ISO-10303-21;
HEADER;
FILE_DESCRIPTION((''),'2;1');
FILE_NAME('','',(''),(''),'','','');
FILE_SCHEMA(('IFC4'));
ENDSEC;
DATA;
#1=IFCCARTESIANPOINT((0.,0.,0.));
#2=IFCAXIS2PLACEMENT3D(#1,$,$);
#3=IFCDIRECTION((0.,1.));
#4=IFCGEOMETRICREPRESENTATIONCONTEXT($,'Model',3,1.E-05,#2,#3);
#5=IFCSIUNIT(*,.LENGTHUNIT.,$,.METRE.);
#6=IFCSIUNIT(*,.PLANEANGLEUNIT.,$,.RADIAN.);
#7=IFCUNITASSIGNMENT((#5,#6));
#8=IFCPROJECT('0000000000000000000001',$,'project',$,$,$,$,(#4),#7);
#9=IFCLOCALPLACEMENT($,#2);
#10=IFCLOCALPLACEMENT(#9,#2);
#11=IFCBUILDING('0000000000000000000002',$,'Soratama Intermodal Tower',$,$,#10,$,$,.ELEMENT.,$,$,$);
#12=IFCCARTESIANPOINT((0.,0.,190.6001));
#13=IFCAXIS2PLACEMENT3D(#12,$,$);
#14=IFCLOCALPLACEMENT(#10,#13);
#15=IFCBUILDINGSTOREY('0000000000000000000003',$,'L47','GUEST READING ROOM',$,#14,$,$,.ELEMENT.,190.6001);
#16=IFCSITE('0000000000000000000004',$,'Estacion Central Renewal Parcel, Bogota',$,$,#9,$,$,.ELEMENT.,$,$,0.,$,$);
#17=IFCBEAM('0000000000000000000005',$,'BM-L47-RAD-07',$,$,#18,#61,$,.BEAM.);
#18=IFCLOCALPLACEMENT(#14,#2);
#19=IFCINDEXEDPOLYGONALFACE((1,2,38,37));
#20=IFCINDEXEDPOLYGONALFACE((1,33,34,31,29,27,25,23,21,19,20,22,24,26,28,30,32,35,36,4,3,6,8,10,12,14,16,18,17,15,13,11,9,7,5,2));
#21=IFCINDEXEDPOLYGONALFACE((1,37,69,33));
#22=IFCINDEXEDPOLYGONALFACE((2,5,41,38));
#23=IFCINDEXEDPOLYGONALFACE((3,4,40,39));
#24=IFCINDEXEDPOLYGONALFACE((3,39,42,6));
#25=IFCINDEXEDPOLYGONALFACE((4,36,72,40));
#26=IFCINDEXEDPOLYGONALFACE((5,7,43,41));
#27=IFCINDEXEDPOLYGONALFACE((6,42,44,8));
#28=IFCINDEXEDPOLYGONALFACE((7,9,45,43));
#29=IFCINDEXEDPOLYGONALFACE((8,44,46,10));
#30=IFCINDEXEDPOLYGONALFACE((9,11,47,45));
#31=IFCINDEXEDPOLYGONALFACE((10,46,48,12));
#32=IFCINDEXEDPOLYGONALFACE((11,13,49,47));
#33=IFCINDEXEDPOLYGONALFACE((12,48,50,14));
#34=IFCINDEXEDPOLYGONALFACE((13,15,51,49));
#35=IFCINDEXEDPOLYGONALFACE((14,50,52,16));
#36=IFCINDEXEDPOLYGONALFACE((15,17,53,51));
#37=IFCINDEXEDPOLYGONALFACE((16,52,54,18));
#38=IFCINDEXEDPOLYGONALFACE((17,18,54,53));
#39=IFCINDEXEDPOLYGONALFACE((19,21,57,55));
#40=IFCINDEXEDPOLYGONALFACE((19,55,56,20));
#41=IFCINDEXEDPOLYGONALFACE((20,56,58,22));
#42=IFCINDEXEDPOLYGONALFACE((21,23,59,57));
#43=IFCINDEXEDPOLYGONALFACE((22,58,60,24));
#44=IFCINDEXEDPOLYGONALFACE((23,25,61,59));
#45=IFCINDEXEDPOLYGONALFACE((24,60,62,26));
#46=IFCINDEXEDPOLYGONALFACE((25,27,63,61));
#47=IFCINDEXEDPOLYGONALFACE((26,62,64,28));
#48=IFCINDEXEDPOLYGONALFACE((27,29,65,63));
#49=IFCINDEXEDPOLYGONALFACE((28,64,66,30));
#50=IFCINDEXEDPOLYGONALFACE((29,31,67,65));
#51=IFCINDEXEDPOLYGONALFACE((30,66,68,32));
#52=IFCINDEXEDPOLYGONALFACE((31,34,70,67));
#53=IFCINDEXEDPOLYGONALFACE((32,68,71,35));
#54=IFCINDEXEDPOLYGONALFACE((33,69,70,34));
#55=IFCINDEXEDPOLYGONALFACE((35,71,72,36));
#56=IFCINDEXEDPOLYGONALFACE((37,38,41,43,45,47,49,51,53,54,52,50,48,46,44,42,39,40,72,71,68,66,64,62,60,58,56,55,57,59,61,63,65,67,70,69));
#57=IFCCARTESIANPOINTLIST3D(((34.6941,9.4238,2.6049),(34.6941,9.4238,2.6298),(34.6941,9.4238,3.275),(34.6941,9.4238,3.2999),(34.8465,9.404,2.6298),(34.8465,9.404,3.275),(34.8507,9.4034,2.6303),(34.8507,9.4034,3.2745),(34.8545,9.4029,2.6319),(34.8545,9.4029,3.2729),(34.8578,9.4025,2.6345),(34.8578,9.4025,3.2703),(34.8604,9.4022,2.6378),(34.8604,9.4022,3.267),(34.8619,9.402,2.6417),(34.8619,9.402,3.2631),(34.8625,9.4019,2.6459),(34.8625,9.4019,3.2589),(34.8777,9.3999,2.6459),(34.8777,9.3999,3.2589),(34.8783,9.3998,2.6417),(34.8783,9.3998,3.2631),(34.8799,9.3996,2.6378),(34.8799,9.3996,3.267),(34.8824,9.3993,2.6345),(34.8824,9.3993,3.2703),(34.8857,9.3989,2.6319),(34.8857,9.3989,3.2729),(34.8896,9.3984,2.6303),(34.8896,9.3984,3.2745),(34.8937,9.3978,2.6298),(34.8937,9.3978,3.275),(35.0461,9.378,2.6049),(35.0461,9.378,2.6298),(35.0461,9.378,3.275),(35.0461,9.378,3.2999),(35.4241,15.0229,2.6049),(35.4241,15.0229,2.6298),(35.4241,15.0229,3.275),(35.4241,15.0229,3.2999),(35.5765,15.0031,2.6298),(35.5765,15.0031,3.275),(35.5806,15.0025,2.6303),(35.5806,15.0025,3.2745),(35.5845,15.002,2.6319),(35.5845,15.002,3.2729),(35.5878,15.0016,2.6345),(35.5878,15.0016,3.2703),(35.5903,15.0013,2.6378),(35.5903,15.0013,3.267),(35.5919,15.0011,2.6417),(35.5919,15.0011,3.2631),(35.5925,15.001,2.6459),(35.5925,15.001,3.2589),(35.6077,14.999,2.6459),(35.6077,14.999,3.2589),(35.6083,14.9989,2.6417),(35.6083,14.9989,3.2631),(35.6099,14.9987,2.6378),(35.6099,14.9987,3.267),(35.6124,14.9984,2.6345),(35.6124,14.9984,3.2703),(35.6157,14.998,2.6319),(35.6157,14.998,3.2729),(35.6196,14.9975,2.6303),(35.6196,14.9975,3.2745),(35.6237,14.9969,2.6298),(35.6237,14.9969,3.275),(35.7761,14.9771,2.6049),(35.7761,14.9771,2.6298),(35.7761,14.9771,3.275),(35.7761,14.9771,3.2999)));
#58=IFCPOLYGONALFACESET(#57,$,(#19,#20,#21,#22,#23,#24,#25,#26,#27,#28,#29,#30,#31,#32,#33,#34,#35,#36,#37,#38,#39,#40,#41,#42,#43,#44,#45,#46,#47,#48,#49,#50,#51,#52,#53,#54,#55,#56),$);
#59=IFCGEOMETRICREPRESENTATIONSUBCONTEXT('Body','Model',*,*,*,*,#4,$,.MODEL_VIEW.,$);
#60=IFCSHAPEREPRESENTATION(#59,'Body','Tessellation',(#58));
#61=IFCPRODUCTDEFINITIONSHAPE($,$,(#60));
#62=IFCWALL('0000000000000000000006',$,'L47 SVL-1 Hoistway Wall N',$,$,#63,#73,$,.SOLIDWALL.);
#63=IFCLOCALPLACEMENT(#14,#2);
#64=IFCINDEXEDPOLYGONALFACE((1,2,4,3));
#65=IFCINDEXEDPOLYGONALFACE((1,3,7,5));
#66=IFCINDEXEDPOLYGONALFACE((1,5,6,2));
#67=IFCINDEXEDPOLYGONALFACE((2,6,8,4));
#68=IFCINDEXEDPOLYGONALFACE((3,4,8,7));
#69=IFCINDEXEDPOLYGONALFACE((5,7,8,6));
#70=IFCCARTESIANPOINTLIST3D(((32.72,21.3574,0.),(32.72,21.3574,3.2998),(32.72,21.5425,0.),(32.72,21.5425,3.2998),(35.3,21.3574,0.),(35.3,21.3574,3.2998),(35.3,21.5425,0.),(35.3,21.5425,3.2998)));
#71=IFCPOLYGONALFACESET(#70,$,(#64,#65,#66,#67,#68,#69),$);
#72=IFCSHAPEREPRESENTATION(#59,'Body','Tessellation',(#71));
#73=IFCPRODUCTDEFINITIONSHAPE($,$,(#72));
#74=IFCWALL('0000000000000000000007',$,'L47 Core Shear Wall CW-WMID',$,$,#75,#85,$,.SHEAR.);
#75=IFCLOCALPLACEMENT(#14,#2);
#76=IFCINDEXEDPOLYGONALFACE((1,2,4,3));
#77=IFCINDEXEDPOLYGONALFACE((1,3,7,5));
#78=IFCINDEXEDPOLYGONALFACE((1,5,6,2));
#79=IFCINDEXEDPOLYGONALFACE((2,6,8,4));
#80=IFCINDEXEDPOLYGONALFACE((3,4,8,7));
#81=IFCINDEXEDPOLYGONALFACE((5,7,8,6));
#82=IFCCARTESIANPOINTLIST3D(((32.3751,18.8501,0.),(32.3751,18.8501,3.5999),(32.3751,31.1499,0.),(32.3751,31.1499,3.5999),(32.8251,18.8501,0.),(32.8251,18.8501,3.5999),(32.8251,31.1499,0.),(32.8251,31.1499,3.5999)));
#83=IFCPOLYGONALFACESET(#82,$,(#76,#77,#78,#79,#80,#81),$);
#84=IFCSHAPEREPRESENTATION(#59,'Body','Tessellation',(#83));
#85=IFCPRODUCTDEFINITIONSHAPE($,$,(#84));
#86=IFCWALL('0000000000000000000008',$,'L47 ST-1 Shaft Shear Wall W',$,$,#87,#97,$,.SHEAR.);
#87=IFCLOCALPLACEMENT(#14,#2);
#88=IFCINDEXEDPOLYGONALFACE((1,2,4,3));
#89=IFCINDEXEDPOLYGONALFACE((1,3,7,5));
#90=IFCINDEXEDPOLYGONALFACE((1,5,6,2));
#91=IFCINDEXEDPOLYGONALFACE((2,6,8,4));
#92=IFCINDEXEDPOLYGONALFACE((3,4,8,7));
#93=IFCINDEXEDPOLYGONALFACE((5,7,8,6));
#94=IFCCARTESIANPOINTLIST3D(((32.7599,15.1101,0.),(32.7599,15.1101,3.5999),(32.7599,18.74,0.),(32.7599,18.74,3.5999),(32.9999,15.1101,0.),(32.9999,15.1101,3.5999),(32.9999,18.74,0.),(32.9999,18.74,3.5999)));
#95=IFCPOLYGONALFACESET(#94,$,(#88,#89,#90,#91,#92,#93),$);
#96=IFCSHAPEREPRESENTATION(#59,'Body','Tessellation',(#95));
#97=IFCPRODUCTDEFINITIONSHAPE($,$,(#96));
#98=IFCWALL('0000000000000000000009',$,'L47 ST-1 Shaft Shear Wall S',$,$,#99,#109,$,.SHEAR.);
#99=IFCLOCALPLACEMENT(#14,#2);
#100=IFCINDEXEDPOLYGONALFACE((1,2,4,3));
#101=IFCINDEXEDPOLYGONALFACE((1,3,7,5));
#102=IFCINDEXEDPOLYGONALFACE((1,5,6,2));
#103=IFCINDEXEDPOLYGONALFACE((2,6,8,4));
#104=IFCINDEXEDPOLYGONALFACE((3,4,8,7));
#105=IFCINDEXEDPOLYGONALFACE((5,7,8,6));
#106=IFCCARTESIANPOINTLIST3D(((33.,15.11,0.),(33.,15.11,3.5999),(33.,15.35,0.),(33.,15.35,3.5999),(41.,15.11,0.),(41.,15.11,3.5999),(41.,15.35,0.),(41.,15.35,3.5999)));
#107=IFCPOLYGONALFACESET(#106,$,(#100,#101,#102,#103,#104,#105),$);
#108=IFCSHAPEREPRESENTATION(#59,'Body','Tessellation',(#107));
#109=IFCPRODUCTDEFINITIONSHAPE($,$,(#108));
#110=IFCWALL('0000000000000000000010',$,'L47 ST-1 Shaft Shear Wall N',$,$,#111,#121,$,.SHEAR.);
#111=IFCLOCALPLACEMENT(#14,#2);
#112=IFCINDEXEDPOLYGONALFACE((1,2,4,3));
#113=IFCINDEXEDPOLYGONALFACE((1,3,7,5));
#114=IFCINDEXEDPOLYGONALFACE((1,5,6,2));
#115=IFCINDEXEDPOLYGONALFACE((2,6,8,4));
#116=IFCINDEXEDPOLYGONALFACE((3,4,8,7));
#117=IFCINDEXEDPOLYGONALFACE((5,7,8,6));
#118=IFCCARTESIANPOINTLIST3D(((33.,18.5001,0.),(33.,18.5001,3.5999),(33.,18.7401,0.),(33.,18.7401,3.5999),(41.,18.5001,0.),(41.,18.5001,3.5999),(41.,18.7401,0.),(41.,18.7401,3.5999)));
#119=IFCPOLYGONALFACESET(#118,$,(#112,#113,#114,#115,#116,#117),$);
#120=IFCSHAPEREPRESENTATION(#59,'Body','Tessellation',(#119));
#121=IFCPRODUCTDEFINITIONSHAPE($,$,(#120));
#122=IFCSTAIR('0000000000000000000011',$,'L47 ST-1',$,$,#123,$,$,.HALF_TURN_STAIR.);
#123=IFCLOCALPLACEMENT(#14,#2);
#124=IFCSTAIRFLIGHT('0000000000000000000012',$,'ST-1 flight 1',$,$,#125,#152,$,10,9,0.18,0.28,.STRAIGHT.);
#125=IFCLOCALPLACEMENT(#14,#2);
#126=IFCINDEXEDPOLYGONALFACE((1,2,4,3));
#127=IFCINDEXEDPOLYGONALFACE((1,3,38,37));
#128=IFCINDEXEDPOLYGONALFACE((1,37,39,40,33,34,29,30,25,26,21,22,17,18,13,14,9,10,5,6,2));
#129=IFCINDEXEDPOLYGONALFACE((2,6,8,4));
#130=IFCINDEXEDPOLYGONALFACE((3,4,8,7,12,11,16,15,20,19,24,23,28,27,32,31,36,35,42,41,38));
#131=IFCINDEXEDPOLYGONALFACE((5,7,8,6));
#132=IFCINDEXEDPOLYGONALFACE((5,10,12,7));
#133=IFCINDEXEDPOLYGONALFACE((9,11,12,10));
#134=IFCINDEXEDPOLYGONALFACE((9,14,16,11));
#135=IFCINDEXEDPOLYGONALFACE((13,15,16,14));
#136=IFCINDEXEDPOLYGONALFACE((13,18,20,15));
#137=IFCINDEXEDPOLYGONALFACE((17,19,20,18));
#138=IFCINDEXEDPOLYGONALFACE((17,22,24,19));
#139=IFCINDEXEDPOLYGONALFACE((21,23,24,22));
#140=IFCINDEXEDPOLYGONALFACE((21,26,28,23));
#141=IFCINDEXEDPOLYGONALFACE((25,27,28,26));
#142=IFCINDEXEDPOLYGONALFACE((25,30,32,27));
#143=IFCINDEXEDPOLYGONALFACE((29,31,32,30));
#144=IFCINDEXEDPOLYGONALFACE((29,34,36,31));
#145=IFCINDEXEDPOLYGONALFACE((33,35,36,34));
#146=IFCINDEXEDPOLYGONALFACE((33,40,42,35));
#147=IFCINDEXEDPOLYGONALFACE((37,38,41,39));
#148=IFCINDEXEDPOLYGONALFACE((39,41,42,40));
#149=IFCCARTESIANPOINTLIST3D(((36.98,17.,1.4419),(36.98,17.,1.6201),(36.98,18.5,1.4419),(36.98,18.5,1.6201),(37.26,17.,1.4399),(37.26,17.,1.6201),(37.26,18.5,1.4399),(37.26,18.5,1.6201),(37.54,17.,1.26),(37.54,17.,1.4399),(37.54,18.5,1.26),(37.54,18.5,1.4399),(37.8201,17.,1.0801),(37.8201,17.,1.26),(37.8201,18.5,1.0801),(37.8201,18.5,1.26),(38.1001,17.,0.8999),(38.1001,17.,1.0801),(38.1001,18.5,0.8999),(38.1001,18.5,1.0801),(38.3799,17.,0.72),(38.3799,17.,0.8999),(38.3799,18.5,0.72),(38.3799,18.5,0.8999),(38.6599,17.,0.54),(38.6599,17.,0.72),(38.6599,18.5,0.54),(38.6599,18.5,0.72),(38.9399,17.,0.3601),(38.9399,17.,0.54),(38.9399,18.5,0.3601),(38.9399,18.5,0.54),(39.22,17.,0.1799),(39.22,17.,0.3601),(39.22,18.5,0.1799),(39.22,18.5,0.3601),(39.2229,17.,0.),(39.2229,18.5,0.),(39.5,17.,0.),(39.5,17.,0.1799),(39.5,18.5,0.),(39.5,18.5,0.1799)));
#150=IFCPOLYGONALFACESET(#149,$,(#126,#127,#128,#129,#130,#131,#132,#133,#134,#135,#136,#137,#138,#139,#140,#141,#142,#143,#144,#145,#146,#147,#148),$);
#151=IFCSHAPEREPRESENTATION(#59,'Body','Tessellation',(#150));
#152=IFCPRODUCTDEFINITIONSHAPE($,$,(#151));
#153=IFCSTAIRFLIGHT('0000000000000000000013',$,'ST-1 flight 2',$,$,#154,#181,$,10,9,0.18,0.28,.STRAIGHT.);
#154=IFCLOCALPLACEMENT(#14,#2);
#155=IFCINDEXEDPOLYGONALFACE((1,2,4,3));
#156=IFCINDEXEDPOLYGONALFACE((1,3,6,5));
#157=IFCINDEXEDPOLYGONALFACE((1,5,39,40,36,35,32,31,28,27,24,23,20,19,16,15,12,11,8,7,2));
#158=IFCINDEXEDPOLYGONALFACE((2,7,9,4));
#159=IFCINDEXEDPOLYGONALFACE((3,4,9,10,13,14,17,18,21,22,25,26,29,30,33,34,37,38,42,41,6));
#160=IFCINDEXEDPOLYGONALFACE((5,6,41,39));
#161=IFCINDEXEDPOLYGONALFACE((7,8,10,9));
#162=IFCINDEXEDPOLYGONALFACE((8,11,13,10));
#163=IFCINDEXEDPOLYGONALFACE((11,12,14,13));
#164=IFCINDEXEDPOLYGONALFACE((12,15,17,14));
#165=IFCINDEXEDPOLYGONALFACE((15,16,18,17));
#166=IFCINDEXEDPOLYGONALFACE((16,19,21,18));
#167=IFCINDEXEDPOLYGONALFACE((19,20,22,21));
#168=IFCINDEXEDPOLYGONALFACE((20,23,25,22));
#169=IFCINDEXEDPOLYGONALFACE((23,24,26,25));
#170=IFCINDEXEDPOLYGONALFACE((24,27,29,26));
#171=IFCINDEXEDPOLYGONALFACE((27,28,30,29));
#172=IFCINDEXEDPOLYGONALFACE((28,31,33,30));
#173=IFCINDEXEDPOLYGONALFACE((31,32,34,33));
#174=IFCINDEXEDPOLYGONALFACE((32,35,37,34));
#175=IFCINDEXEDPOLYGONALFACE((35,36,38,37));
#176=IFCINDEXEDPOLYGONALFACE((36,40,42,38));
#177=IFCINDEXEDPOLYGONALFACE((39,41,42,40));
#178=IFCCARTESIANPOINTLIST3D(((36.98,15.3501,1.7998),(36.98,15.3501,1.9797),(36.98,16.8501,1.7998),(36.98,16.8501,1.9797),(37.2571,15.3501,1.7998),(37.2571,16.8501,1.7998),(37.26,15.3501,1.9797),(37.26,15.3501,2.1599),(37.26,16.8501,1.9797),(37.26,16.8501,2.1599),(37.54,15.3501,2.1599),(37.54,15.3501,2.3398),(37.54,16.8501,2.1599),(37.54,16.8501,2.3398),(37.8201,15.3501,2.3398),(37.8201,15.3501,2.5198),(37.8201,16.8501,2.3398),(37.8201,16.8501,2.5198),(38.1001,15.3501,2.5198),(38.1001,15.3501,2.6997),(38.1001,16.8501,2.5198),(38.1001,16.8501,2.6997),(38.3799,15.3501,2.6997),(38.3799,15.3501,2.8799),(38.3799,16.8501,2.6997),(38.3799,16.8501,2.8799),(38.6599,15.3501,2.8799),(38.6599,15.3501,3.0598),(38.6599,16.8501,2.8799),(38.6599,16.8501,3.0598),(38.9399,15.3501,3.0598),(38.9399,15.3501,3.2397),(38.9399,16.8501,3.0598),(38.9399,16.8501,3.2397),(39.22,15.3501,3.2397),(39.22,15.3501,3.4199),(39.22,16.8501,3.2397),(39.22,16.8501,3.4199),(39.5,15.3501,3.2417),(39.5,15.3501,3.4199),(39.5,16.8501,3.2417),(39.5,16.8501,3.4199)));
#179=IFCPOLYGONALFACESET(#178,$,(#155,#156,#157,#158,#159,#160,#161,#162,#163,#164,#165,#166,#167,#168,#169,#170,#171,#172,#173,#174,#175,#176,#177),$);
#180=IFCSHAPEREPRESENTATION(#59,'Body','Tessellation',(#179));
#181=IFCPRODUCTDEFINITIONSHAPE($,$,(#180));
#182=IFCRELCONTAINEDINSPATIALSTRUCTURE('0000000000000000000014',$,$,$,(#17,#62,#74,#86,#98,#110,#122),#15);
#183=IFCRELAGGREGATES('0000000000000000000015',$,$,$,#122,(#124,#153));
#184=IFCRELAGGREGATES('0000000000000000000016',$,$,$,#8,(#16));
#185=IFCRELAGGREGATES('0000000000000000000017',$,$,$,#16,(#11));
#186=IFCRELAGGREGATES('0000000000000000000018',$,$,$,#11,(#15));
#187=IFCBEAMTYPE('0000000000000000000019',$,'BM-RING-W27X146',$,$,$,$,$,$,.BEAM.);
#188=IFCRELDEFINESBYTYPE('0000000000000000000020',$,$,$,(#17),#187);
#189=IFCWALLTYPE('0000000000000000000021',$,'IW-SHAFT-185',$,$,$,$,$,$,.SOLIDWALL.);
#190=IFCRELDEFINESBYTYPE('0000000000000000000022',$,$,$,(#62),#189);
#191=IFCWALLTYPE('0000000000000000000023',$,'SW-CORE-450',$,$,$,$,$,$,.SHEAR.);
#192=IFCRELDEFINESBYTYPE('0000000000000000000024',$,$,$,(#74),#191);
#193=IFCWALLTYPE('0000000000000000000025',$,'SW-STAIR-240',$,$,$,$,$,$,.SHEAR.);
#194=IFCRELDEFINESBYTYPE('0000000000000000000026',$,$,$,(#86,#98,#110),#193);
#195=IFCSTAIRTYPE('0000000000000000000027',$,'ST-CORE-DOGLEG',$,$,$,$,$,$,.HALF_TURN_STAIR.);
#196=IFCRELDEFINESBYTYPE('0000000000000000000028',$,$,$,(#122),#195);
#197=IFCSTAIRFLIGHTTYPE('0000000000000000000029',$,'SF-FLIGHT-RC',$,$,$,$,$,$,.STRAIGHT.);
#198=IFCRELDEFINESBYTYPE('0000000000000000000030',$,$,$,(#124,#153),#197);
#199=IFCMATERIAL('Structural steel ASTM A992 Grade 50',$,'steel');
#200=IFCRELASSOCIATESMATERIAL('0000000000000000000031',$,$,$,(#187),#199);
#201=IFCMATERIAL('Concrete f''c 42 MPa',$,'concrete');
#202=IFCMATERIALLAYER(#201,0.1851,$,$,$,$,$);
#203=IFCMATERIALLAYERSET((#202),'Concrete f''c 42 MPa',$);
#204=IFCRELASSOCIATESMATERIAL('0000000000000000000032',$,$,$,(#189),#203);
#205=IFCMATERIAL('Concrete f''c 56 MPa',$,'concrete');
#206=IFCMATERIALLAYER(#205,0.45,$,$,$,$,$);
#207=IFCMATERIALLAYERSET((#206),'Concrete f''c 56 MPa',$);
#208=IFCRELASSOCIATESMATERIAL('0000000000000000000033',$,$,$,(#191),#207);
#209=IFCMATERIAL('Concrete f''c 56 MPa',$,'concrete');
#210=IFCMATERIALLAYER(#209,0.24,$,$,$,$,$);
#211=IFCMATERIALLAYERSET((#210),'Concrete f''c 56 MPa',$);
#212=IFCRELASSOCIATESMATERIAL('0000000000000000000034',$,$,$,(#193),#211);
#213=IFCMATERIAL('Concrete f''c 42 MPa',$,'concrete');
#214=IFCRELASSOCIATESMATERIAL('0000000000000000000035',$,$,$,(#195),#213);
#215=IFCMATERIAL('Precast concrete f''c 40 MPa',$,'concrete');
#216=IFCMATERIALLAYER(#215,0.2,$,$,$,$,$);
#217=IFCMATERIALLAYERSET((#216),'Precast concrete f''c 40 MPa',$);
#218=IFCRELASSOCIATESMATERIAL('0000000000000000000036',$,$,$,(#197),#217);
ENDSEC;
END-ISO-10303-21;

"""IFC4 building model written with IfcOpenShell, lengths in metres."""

from ifc_helpers import new_model, si_unit, direction, frame, frame_2d, origin, origin_2d, place, context, subcontext, project, spatial, polyline, rectangle, i_section, outline, extrude, material, layer, layer_set, material_profile, profile_set, type_object, element, aggregate, save


model = new_model("IFC4")

# Units and contexts
model_context = context("Model", 3, precision=1e-05, world=origin(), true_north=direction((0.0, 1.0)))
body_context = subcontext(model_context, "Body", "Model", "MODEL_VIEW")
ifc_project = project(units=[si_unit("LENGTHUNIT", "METRE"), si_unit("PLANEANGLEUNIT", "RADIAN")], contexts=[model_context])

# Site, building, storey
site_placement = place(None, origin())
site = spatial("IfcSite", under=ifc_project, at=site_placement, Name="Estacion Central Renewal Parcel, Bogota", CompositionType="ELEMENT", RefElevation=0.0)
building_placement = place(site_placement, origin())
building = spatial("IfcBuilding", under=site, at=building_placement, Name="Soratama Intermodal Tower", CompositionType="ELEMENT")
storey_placement = place(building_placement, frame((0.0, 0.0, 190.6001)))
storey = spatial("IfcBuildingStorey", under=building, at=storey_placement, Name="L47", Description="GUEST READING ROOM", CompositionType="ELEMENT", Elevation=190.6001)

# Beam
ifc_material_1 = material(Name="Structural steel ASTM A992 Grade 50", Category="steel")
ifc_material_profile_1 = material_profile(ifc_material_1, i_section(OverallWidth=0.355, OverallDepth=0.6951, WebThickness=0.0154, FlangeThickness=0.0249, FilletRadius=0.0161, at=origin_2d()), Name="W27X146")
ifc_profile_set_1 = profile_set([ifc_material_profile_1], Name="Structural steel ASTM A992 Grade 50")
beam_type_1 = type_object("IfcBeamType", Name="BM-RING-W27X146", PredefinedType="BEAM", material=ifc_profile_set_1)
beam_1_placement = place(storey_placement, frame((35.6001, 15.0, 2.9524), z_axis=(-0.12928, -0.991608, 0.0), x_axis=(0.991608, -0.12928, 0.0)))
element("IfcBeam", 1, at=beam_1_placement, inside=storey, type_object=beam_type_1, Name="BM-L47-RAD-07", PredefinedType="BEAM", context=body_context, shape_type="SweptSolid", body=[
    extrude(i_section(OverallWidth=0.355, OverallDepth=0.6951, WebThickness=0.0154, FlangeThickness=0.0249, FilletRadius=0.0161, at=origin_2d()), origin(), (0.0, 0.0, 1.0), 5.6465),
])

# Shared definitions
ifc_material_2 = material(Name="Concrete f'c 42 MPa", Category="concrete")
ifc_layer_1 = layer(ifc_material_2, 0.1851)
ifc_layer_set_1 = layer_set([ifc_layer_1], Name="Concrete f'c 42 MPa")
wall_type_1 = type_object("IfcWallType", Name="IW-SHAFT-185", PredefinedType="SOLIDWALL", material=ifc_layer_set_1)

# Wall
wall_1_placement = place(storey_placement, frame((32.72, 21.45, 0.0), z_axis=(0.0, 0.0, 1.0), x_axis=(1.0, 0.0, 0.0)))
element("IfcWall", 2, at=wall_1_placement, inside=storey, type_object=wall_type_1, Name="L47 SVL-1 Hoistway Wall N", PredefinedType="SOLIDWALL", context=body_context, shape_type="SweptSolid", body=[
    extrude(rectangle(XDim=2.5801, YDim=0.1851, at=frame_2d((1.29, 0.0))), origin(), (0.0, 0.0, 1.0), 3.2998),
])

# Walls
ifc_material_3 = material(Name="Concrete f'c 56 MPa", Category="concrete")
ifc_layer_2 = layer(ifc_material_3, 0.45)
ifc_layer_set_2 = layer_set([ifc_layer_2], Name="Concrete f'c 56 MPa")
wall_type_2 = type_object("IfcWallType", Name="SW-CORE-450", PredefinedType="SHEAR", material=ifc_layer_set_2)
wall_2_placement = place(storey_placement, frame((32.6001, 18.8501, 0.0), z_axis=(0.0, 0.0, 1.0), x_axis=(0.0, 1.0, 0.0)))
element("IfcWall", 3, at=wall_2_placement, inside=storey, type_object=wall_type_2, Name="L47 Core Shear Wall CW-WMID", PredefinedType="SHEAR", context=body_context, shape_type="SweptSolid", body=[
    extrude(rectangle(XDim=12.2998, YDim=0.45, at=frame_2d((6.1499, 0.0))), origin(), (0.0, 0.0, 1.0), 3.5999),
])
ifc_material_4 = material(Name="Concrete f'c 56 MPa", Category="concrete")
ifc_layer_3 = layer(ifc_material_4, 0.24)
ifc_layer_set_3 = layer_set([ifc_layer_3], Name="Concrete f'c 56 MPa")
wall_type_3 = type_object("IfcWallType", Name="SW-STAIR-240", PredefinedType="SHEAR", material=ifc_layer_set_3)
wall_3_placement = place(storey_placement, frame((32.8799, 15.1101, 0.0), z_axis=(0.0, 0.0, 1.0), x_axis=(0.0, 1.0, 0.0)))
element("IfcWall", 4, at=wall_3_placement, inside=storey, type_object=wall_type_3, Name="L47 ST-1 Shaft Shear Wall W", PredefinedType="SHEAR", context=body_context, shape_type="SweptSolid", body=[
    extrude(rectangle(XDim=3.6299, YDim=0.24, at=frame_2d((1.8149, 0.0))), origin(), (0.0, 0.0, 1.0), 3.5999),
])
for number, where, z_axis, x_axis, name in (
    (5, (33.0, 15.23, 0.0), (0.0, 0.0, 1.0), (1.0, 0.0, 0.0), "L47 ST-1 Shaft Shear Wall S"),
    (6, (33.0, 18.6201, 0.0), (0.0, 0.0, 1.0), (1.0, 0.0, 0.0), "L47 ST-1 Shaft Shear Wall N"),
):
    element("IfcWall", number, at=place(storey_placement, frame(where, z_axis=z_axis, x_axis=x_axis)), inside=storey, type_object=wall_type_3, Name=name, PredefinedType="SHEAR", context=body_context, shape_type="SweptSolid", body=[
        extrude(rectangle(XDim=8.0, YDim=0.24, at=frame_2d((4.0, 0.0))), origin(), (0.0, 0.0, 1.0), 3.5999),
    ])

# Stair, stair flights
ifc_material_5 = material(Name="Concrete f'c 42 MPa", Category="concrete")
stair_type = type_object("IfcStairType", Name="ST-CORE-DOGLEG", PredefinedType="HALF_TURN_STAIR", material=ifc_material_5)
stair_placement = place(storey_placement, origin())
stair = element("IfcStair", 7, at=stair_placement, inside=storey, type_object=stair_type, Name="L47 ST-1", PredefinedType="HALF_TURN_STAIR")
ifc_material_6 = material(Name="Precast concrete f'c 40 MPa", Category="concrete")
ifc_layer_4 = layer(ifc_material_6, 0.2)
ifc_layer_set_4 = layer_set([ifc_layer_4], Name="Precast concrete f'c 40 MPa")
stair_flight_type = type_object("IfcStairFlightType", Name="SF-FLIGHT-RC", PredefinedType="STRAIGHT", material=ifc_layer_set_4)
stair_flight_1_placement = place(storey_placement, frame((39.5, 17.75, 0.0), z_axis=(0.0, 0.0, 1.0), x_axis=(-1.0, 0.0, 0.0)))
stair_flight_1 = element("IfcStairFlight", 8, at=stair_flight_1_placement, type_object=stair_flight_type, Name="ST-1 flight 1", NumberOfRisers=10, NumberOfTreads=9, PredefinedType="STRAIGHT", RiserHeight=0.18, TreadLength=0.28, context=body_context, shape_type="SweptSolid", body=[
    extrude(outline(polyline([(0.0, 0.0), (0.0, 0.1799), (0.28, 0.1799), (0.28, 0.3601), (0.5601, 0.3601), (0.5601, 0.54), (0.8401, 0.54), (0.8401, 0.72), (1.1201, 0.72), (1.1201, 0.8999), (1.3999, 0.8999), (1.3999, 1.0801), (1.6799, 1.0801), (1.6799, 1.26), (1.96, 1.26), (1.96, 1.4399), (2.24, 1.4399), (2.24, 1.6201), (2.52, 1.6201), (2.52, 1.8), (2.52, 1.4419), (0.2771, 0.0), (0.0, 0.0)])), frame((0.0, 0.75, 0.0), z_axis=(0.0, -1.0, 0.0), x_axis=(1.0, 0.0, 0.0)), (0.0, 0.0, 1.0), 1.5),
])
stair_flight_2_placement = place(storey_placement, frame((36.98, 16.1001, 1.7998), z_axis=(0.0, 0.0, 1.0), x_axis=(1.0, 0.0, 0.0)))
stair_flight_2 = element("IfcStairFlight", 9, at=stair_flight_2_placement, type_object=stair_flight_type, Name="ST-1 flight 2", NumberOfRisers=10, NumberOfTreads=9, PredefinedType="STRAIGHT", RiserHeight=0.18, TreadLength=0.28, context=body_context, shape_type="SweptSolid", body=[
    extrude(outline(polyline([(0.0, 0.0), (0.0, 0.1799), (0.28, 0.1799), (0.28, 0.3601), (0.5601, 0.3601), (0.5601, 0.54), (0.8401, 0.54), (0.8401, 0.72), (1.1201, 0.72), (1.1201, 0.8999), (1.3999, 0.8999), (1.3999, 1.0801), (1.6799, 1.0801), (1.6799, 1.26), (1.96, 1.26), (1.96, 1.4399), (2.24, 1.4399), (2.24, 1.6201), (2.52, 1.6201), (2.52, 1.8), (2.52, 1.4419), (0.2771, 0.0), (0.0, 0.0)])), frame((0.0, 0.75, 0.0), z_axis=(0.0, -1.0, 0.0), x_axis=(1.0, 0.0, 0.0)), (0.0, 0.0, 1.0), 1.5),
])
aggregate(stair, [stair_flight_1, stair_flight_2])

save(model, "model.ifc")
